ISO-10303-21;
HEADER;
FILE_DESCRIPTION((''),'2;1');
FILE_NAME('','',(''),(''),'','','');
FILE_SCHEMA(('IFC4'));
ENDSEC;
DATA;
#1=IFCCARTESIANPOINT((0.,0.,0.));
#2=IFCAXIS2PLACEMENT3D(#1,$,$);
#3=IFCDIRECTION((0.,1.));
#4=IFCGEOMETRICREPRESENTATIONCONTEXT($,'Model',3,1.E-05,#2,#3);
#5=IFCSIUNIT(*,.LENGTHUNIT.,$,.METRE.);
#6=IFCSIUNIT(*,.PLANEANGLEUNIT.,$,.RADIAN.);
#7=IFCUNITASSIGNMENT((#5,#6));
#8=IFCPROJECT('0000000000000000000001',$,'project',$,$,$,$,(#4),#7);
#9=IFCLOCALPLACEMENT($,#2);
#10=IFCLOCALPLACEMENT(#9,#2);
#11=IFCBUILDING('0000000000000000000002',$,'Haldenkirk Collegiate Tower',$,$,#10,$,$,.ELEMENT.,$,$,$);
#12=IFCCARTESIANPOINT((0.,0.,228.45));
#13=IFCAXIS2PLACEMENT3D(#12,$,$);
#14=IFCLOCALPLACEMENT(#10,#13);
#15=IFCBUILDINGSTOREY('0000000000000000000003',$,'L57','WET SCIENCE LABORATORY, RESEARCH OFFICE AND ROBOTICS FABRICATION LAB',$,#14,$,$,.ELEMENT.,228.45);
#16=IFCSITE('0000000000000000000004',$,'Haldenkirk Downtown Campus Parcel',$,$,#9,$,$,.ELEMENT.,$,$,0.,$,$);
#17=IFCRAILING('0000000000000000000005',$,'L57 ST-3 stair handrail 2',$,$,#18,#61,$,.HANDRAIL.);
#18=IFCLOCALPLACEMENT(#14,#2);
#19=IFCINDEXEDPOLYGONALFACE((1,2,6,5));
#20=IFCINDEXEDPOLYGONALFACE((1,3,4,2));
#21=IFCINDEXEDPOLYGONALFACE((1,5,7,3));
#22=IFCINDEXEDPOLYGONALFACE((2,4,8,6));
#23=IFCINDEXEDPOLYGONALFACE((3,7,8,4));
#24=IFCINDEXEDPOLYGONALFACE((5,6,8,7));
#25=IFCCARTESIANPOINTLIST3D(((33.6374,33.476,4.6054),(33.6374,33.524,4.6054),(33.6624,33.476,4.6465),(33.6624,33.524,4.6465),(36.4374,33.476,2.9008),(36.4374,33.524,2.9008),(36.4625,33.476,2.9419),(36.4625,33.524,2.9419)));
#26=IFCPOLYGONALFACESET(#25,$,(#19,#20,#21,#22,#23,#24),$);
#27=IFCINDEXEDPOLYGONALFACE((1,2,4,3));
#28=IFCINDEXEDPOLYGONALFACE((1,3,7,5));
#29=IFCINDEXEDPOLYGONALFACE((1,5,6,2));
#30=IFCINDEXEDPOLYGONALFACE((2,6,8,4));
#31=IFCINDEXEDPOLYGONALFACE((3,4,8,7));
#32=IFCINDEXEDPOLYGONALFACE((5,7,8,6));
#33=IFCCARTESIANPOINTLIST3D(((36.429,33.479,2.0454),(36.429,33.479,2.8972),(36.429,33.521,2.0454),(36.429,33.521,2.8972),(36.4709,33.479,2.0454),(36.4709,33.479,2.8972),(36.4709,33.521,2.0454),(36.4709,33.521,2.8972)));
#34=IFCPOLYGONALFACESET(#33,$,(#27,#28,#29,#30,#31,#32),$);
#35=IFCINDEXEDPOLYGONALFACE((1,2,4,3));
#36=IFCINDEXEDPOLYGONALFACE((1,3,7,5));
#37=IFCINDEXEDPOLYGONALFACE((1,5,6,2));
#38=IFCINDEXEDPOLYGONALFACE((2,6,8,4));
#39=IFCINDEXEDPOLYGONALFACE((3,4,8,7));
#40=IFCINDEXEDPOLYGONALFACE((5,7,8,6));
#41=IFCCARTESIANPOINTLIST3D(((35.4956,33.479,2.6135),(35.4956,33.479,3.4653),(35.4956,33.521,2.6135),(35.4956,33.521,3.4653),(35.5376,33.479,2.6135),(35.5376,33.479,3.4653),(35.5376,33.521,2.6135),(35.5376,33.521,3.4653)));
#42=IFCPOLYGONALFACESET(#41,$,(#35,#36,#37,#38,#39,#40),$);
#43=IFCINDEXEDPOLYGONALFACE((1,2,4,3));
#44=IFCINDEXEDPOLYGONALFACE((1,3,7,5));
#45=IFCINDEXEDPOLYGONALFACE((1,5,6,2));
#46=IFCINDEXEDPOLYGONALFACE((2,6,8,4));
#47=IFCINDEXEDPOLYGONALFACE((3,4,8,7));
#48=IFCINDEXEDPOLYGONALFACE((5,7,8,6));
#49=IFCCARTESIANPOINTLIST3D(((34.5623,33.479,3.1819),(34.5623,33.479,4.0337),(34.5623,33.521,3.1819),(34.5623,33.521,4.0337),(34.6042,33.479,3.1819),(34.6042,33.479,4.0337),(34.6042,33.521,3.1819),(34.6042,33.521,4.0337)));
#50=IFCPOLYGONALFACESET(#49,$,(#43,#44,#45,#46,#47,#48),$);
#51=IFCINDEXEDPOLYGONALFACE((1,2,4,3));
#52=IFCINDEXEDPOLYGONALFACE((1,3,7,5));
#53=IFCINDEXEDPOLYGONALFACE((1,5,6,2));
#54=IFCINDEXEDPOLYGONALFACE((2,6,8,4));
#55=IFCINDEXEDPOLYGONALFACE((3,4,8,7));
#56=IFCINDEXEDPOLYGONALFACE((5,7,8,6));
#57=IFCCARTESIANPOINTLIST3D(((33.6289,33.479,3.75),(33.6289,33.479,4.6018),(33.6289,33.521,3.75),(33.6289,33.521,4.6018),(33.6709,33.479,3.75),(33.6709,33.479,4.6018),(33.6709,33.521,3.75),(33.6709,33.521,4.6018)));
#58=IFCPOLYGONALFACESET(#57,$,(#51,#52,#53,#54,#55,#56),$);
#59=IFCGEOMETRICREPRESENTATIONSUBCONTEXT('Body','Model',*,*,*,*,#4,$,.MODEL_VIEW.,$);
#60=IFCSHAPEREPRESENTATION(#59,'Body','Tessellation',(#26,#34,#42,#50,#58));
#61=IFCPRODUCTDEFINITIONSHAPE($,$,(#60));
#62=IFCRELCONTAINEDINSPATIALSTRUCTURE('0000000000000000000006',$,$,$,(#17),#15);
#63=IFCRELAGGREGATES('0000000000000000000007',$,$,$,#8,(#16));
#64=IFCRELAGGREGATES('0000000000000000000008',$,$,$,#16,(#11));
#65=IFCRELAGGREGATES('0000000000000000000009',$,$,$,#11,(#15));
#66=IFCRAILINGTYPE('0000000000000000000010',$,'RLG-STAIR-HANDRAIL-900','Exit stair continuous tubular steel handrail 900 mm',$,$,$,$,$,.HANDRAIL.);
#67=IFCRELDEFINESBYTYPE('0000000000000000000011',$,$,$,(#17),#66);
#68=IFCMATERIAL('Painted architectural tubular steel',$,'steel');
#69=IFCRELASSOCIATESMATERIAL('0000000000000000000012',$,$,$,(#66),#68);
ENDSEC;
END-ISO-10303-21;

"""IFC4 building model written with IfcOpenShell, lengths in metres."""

from ifc_helpers import new_model, si_unit, direction, frame, origin, origin_2d, place, context, subcontext, project, spatial, rectangle, extrude, material, type_object, element, save


model = new_model("IFC4")

# Units and contexts
model_context = context("Model", 3, precision=1e-05, world=origin(), true_north=direction((0.0, 1.0)))
body_context = subcontext(model_context, "Body", "Model", "MODEL_VIEW")
ifc_project = project(units=[si_unit("LENGTHUNIT", "METRE"), si_unit("PLANEANGLEUNIT", "RADIAN")], contexts=[model_context])

# Site, building, storey
site_placement = place(None, origin())
site = spatial("IfcSite", under=ifc_project, at=site_placement, Name="Haldenkirk Downtown Campus Parcel", CompositionType="ELEMENT", RefElevation=0.0)
building_placement = place(site_placement, origin())
building = spatial("IfcBuilding", under=site, at=building_placement, Name="Haldenkirk Collegiate Tower", CompositionType="ELEMENT")
storey_placement = place(building_placement, frame((0.0, 0.0, 228.45)))
storey = spatial("IfcBuildingStorey", under=building, at=storey_placement, Name="L57", Description="WET SCIENCE LABORATORY, RESEARCH OFFICE AND ROBOTICS FABRICATION LAB", CompositionType="ELEMENT", Elevation=228.45)

# Railing
ifc_material_1 = material(Name="Painted architectural tubular steel", Category="steel")
railing_type_1 = type_object("IfcRailingType", Name="RLG-STAIR-HANDRAIL-900", Description="Exit stair continuous tubular steel handrail 900 mm", PredefinedType="HANDRAIL", material=ifc_material_1)
railing_1_placement = place(storey_placement, frame((36.45, 33.5, 2.0454)))
element("IfcRailing", 1, at=railing_1_placement, inside=storey, type_object=railing_type_1, Name="L57 ST-3 stair handrail 2", PredefinedType="HANDRAIL", context=body_context, shape_type="SweptSolid", body=[
    extrude(rectangle(XDim=0.0481, YDim=0.0481, at=origin_2d()), frame((0.0, 0.0, 0.876), z_axis=(-0.85417, 0.0, 0.519994), x_axis=(0.0, -1.0, 0.0)), (0.0, 0.0, 1.0), 3.2781),
    extrude(rectangle(XDim=0.042, YDim=0.042, at=origin_2d()), origin(), (0.0, 0.0, 1.0), 0.8518),
    extrude(rectangle(XDim=0.042, YDim=0.042, at=origin_2d()), frame((-0.9333, 0.0, 0.5681)), (0.0, 0.0, 1.0), 0.8518),
    extrude(rectangle(XDim=0.042, YDim=0.042, at=origin_2d()), frame((-1.8667, 0.0, 1.1365)), (0.0, 0.0, 1.0), 0.8518),
    extrude(rectangle(XDim=0.042, YDim=0.042, at=origin_2d()), frame((-2.8, 0.0, 1.7046)), (0.0, 0.0, 1.0), 0.8518),
])

save(model, "model.ifc")
